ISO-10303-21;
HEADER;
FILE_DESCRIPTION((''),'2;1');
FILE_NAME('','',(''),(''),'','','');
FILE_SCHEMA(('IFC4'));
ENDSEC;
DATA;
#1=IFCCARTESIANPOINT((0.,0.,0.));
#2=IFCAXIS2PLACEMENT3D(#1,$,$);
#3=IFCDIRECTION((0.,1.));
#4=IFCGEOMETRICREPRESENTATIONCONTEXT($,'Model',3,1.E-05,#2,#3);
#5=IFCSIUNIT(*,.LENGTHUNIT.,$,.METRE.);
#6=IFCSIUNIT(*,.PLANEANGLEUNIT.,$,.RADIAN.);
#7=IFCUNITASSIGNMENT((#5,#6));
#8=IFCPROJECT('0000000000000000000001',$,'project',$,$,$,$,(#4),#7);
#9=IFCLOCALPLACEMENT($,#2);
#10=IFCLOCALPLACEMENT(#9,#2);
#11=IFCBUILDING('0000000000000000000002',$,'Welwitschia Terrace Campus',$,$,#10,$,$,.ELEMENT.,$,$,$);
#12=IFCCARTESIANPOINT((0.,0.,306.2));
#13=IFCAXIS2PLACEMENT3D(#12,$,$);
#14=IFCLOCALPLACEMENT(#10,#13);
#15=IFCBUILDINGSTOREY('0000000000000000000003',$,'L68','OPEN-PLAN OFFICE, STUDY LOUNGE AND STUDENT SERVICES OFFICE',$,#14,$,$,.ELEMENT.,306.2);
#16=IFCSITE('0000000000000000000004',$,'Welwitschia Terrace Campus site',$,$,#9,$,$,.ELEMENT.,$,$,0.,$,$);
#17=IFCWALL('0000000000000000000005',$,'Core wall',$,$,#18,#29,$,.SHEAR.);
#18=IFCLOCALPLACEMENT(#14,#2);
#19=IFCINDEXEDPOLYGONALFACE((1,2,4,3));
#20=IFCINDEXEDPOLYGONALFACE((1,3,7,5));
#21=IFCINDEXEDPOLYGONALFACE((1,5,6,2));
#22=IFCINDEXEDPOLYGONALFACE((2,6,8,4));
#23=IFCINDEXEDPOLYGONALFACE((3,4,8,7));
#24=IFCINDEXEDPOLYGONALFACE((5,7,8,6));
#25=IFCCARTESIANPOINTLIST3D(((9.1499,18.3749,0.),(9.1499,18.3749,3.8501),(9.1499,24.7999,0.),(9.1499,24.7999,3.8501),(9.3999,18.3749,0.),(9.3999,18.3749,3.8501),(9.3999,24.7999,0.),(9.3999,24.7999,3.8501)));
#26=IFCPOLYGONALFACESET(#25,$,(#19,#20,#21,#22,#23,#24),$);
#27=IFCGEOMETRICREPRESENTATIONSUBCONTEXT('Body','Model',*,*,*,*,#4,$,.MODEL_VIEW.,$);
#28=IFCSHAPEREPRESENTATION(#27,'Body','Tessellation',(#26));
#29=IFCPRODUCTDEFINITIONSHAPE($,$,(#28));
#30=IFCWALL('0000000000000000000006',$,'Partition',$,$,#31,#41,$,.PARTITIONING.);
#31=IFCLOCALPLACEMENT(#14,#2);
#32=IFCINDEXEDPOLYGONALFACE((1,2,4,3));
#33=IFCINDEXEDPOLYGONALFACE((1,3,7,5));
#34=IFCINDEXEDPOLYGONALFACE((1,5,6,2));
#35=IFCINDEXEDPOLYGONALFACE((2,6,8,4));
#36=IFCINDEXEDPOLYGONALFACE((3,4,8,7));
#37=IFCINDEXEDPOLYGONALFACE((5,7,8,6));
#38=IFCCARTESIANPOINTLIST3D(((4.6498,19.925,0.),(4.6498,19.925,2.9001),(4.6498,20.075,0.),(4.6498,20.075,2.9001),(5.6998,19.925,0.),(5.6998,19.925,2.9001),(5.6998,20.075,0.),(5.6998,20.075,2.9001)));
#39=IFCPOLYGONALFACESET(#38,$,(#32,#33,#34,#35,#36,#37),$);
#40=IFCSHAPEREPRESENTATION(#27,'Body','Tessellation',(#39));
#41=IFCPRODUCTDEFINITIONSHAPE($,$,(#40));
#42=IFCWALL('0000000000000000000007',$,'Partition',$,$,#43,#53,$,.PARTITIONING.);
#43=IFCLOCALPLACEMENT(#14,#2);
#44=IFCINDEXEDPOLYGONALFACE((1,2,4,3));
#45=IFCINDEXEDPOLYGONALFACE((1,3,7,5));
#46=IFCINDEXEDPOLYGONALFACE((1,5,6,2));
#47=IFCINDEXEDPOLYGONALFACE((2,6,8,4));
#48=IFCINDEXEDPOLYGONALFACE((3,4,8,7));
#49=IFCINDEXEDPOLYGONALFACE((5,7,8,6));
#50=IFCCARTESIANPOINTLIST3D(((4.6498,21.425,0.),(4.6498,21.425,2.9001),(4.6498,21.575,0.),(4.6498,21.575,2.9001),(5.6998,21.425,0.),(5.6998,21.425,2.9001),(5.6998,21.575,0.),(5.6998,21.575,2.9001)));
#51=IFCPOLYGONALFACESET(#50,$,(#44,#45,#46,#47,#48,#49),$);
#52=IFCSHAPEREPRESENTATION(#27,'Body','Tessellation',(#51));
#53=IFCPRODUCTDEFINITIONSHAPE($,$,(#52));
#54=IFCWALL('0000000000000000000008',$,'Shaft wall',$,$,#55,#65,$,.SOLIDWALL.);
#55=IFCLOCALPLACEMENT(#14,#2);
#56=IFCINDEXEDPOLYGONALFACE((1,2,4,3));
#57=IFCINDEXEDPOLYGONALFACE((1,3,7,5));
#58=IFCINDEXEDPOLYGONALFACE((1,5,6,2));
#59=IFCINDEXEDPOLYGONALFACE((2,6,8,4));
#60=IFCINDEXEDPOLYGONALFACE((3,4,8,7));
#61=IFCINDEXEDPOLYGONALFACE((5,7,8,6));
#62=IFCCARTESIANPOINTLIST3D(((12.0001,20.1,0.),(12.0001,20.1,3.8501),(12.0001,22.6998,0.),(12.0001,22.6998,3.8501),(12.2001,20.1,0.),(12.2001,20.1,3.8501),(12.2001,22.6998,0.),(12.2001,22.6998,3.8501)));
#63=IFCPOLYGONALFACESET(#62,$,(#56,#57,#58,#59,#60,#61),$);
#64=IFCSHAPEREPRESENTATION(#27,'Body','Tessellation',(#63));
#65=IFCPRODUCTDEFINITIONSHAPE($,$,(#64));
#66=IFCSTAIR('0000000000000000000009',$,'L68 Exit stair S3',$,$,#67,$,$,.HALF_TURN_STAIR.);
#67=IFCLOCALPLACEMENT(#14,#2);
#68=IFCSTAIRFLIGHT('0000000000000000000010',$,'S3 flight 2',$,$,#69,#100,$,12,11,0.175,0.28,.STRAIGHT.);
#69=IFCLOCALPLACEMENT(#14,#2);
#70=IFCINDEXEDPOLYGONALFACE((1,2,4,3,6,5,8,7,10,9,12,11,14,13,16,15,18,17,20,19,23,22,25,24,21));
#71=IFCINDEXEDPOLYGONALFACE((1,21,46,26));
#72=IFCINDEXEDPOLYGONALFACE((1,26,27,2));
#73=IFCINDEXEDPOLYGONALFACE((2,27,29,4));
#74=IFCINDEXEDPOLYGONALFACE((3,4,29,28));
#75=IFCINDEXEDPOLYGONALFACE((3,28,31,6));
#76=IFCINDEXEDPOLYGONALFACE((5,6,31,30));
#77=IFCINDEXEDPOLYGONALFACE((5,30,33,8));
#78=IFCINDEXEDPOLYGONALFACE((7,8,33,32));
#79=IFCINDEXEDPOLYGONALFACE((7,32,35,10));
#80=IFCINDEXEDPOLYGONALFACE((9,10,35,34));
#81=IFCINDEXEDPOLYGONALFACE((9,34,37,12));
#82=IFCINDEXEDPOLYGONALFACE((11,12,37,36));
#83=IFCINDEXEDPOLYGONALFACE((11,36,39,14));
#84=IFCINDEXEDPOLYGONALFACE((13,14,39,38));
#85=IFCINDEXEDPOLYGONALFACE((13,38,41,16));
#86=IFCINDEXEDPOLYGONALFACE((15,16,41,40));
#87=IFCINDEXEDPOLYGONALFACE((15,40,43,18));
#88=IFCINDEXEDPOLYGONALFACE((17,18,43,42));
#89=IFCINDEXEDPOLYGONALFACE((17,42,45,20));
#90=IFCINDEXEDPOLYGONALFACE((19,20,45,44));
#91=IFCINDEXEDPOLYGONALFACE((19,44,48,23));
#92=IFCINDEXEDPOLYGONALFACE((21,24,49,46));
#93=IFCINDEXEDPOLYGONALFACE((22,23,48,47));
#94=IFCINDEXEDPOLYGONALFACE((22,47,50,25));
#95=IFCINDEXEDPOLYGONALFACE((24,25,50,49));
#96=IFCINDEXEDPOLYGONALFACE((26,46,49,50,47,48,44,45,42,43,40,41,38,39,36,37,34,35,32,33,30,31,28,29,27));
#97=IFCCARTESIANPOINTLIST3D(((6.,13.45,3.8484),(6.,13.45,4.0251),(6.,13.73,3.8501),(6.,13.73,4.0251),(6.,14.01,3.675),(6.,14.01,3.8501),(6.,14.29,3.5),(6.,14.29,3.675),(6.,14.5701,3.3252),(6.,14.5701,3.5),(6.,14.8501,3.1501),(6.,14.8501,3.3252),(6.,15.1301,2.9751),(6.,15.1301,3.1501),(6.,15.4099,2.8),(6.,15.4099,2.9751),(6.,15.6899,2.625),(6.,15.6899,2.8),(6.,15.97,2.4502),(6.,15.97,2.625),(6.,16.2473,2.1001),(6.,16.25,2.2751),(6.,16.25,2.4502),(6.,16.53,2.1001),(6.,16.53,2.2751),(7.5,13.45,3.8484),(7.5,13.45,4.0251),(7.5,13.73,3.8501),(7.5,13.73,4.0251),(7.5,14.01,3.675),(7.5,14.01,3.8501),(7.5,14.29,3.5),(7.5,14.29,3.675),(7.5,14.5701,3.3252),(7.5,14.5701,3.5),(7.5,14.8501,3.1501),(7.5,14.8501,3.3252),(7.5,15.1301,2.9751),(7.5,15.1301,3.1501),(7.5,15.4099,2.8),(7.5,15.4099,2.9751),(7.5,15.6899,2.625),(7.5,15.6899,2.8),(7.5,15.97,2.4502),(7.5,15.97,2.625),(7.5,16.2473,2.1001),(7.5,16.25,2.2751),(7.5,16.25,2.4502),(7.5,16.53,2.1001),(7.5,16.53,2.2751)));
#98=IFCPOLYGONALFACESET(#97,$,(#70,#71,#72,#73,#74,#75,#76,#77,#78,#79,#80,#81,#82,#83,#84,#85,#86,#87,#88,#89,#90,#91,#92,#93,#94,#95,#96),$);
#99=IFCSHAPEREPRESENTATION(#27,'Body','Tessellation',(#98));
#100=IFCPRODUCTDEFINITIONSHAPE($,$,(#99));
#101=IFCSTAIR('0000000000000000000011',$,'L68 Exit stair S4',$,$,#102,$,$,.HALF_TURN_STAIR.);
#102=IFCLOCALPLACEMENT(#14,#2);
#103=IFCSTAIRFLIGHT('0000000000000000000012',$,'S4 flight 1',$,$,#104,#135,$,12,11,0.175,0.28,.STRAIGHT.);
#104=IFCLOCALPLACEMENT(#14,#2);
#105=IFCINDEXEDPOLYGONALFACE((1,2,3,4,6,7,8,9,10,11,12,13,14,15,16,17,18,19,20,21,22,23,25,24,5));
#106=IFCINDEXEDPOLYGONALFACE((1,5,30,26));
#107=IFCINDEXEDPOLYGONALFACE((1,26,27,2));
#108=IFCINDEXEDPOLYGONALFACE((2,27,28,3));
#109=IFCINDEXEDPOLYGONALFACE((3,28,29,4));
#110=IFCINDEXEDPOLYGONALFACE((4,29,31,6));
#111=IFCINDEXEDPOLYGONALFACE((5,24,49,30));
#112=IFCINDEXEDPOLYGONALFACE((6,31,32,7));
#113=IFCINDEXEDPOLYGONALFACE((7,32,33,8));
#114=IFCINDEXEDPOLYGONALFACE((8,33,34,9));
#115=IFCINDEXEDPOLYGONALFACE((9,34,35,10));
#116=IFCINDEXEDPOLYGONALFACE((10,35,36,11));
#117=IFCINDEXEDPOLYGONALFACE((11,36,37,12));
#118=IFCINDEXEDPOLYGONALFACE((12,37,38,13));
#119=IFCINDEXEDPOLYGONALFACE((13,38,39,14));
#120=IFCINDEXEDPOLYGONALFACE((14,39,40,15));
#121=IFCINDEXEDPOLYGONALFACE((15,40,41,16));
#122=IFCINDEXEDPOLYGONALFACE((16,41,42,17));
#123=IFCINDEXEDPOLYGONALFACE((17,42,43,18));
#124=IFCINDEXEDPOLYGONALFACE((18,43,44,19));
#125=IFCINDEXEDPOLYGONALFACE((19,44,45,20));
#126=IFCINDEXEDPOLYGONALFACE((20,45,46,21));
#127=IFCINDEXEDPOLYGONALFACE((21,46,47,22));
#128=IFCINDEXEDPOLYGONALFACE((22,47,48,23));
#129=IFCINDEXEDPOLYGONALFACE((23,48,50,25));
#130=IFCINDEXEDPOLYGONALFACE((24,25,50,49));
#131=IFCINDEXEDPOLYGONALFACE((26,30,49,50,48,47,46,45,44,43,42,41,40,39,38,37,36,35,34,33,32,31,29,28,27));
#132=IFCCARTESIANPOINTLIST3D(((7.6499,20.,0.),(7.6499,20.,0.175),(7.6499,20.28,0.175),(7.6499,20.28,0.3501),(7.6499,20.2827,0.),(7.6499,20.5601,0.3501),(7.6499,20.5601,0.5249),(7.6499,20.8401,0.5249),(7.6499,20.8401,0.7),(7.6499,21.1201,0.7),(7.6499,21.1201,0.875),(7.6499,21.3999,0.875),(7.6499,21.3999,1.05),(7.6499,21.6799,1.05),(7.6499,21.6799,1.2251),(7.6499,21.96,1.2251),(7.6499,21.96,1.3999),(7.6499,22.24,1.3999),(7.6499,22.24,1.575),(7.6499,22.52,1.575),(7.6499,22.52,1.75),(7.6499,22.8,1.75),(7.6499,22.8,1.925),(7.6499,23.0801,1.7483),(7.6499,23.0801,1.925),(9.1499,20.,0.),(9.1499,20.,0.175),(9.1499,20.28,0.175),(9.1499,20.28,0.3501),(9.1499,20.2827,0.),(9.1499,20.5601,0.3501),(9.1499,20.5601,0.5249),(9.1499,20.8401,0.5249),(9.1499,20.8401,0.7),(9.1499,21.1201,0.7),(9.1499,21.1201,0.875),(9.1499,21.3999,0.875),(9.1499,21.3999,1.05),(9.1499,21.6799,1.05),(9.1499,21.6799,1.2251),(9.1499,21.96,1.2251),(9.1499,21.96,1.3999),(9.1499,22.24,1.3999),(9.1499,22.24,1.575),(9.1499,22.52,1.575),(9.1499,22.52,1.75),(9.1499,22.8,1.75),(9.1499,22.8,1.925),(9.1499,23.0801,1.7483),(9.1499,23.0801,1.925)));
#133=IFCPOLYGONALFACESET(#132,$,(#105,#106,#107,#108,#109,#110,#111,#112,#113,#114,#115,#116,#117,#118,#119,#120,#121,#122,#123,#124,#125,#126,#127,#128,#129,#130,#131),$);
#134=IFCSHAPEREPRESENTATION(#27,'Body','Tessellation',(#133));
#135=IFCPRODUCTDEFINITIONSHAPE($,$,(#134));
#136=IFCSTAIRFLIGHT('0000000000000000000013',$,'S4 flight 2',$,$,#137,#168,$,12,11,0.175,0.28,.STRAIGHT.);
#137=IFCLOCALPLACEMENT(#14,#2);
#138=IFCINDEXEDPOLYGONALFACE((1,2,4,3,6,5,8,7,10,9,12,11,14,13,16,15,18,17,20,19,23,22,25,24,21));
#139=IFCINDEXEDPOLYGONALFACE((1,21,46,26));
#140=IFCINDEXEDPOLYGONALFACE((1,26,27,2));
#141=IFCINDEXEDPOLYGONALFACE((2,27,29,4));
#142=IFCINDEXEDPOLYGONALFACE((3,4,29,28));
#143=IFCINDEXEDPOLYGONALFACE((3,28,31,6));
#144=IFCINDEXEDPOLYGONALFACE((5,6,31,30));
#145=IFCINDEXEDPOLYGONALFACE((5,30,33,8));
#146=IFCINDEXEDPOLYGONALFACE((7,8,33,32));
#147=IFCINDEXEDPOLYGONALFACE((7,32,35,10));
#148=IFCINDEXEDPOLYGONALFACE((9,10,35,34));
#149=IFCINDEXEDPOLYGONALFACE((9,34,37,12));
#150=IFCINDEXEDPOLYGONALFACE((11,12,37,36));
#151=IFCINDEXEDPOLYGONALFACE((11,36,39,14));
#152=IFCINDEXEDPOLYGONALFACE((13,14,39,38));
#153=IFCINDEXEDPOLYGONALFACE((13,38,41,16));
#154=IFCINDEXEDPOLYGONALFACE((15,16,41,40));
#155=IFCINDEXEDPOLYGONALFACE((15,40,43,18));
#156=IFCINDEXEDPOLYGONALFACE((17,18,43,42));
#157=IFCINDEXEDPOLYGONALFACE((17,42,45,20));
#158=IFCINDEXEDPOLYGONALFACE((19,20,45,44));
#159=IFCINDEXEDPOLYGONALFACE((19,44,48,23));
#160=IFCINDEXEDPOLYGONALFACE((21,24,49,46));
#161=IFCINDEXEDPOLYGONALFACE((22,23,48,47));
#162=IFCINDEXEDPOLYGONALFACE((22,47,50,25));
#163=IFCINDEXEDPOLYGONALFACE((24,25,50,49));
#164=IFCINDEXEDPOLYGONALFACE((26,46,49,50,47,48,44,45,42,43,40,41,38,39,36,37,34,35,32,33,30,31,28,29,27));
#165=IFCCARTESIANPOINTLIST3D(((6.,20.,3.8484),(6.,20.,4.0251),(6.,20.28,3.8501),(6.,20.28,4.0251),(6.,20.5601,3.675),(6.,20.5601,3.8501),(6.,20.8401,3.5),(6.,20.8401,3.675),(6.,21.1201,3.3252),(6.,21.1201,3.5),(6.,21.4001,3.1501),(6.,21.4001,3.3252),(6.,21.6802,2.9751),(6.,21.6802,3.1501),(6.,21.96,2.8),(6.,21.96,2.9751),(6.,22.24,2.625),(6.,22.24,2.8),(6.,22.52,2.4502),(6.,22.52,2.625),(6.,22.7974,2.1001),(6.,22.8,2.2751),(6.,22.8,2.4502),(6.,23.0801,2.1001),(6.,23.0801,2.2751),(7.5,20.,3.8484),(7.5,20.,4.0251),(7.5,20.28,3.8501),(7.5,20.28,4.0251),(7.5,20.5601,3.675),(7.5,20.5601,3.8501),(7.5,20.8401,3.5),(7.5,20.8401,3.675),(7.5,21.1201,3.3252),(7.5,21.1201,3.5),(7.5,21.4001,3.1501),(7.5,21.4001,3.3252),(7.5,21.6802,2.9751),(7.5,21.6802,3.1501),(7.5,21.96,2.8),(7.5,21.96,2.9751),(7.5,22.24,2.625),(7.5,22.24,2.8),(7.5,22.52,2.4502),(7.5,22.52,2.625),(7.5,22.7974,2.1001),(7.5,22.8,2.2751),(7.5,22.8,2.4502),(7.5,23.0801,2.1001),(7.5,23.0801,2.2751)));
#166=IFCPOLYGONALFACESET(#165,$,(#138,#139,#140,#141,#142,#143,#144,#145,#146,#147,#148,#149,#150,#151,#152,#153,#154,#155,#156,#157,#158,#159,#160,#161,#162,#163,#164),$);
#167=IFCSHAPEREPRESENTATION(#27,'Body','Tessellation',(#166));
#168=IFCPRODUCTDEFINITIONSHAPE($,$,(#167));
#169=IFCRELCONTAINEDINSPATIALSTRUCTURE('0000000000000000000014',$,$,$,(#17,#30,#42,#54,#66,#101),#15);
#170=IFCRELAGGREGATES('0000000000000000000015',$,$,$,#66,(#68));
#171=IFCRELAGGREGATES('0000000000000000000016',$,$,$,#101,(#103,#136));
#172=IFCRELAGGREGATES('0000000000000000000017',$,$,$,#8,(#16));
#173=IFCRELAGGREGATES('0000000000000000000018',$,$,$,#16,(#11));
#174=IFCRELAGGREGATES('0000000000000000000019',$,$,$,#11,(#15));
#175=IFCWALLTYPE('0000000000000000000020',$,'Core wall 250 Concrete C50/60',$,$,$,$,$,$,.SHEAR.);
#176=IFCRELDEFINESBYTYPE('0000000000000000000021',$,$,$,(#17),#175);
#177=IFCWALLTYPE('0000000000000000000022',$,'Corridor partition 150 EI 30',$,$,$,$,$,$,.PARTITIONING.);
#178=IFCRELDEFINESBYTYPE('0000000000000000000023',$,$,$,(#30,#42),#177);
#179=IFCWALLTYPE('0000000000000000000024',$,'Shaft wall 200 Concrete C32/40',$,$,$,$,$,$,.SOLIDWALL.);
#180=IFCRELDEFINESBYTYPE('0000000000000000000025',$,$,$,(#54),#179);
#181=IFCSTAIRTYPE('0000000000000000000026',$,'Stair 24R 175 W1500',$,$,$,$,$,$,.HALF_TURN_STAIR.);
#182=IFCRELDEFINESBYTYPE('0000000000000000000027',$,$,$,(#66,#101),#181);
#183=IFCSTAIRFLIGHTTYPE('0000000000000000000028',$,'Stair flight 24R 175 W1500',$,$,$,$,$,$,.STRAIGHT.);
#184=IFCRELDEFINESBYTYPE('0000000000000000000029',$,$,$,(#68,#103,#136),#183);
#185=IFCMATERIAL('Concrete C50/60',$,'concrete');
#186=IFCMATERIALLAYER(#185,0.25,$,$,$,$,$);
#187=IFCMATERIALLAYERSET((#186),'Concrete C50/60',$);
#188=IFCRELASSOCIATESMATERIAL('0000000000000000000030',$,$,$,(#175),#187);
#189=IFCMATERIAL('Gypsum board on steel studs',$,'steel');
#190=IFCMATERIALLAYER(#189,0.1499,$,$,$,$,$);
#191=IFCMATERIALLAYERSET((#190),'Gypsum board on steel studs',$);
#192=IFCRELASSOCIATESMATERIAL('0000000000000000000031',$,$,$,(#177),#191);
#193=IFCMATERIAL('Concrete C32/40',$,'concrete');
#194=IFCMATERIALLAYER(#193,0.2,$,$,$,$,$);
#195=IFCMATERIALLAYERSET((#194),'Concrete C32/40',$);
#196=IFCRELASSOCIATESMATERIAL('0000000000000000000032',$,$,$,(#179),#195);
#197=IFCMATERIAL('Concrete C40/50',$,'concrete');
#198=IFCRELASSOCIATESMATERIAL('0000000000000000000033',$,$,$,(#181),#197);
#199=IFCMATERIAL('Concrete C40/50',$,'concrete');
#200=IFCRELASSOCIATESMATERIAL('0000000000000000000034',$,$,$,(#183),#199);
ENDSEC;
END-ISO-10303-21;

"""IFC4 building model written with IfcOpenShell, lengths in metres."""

from ifc_helpers import new_model, si_unit, direction, frame, frame_2d, origin, place, context, subcontext, project, spatial, polyline, rectangle, outline, extrude, material, layer, layer_set, type_object, element, aggregate, save


model = new_model("IFC4")

# Units and contexts
model_context = context("Model", 3, precision=1e-05, world=origin(), true_north=direction((0.0, 1.0)))
body_context = subcontext(model_context, "Body", "Model", "MODEL_VIEW")
ifc_project = project(units=[si_unit("LENGTHUNIT", "METRE"), si_unit("PLANEANGLEUNIT", "RADIAN")], contexts=[model_context])

# Site, building, storey
site_placement = place(None, origin())
site = spatial("IfcSite", under=ifc_project, at=site_placement, Name="Welwitschia Terrace Campus site", CompositionType="ELEMENT", RefElevation=0.0)
building_placement = place(site_placement, origin())
building = spatial("IfcBuilding", under=site, at=building_placement, Name="Welwitschia Terrace Campus", CompositionType="ELEMENT")
storey_placement = place(building_placement, frame((0.0, 0.0, 306.2)))
storey = spatial("IfcBuildingStorey", under=building, at=storey_placement, Name="L68", Description="OPEN-PLAN OFFICE, STUDY LOUNGE AND STUDENT SERVICES OFFICE", CompositionType="ELEMENT", Elevation=306.2)

# Shared definitions
ifc_material_1 = material(Name="Concrete C50/60", Category="concrete")
ifc_layer_1 = layer(ifc_material_1, 0.25)
ifc_layer_set_1 = layer_set([ifc_layer_1], Name="Concrete C50/60")
wall_type_1 = type_object("IfcWallType", Name="Core wall 250 Concrete C50/60", PredefinedType="SHEAR", material=ifc_layer_set_1)

# Walls
wall_1_placement = place(storey_placement, frame((9.2749, 18.375, 0.0), z_axis=(0.0, 0.0, 1.0), x_axis=(0.0, 1.0, 0.0)))
element("IfcWall", 1, at=wall_1_placement, inside=storey, type_object=wall_type_1, Name="Core wall", PredefinedType="SHEAR", context=body_context, shape_type="SweptSolid", body=[
    extrude(rectangle(XDim=6.425, YDim=0.25, at=frame_2d((3.2124, 0.0))), origin(), (0.0, 0.0, 1.0), 3.8501),
])
ifc_material_2 = material(Name="Gypsum board on steel studs", Category="steel")
ifc_layer_2 = layer(ifc_material_2, 0.1499)
ifc_layer_set_2 = layer_set([ifc_layer_2], Name="Gypsum board on steel studs")
wall_type_2 = type_object("IfcWallType", Name="Corridor partition 150 EI 30", PredefinedType="PARTITIONING", material=ifc_layer_set_2)
for number, where, z_axis, x_axis, name in (
    (2, (4.6499, 20.0, 0.0), (0.0, 0.0, 1.0), (1.0, 0.0, 0.0), "Partition"),
    (3, (4.6499, 21.5, 0.0), (0.0, 0.0, 1.0), (1.0, 0.0, 0.0), "Partition"),
):
    element("IfcWall", number, at=place(storey_placement, frame(where, z_axis=z_axis, x_axis=x_axis)), inside=storey, type_object=wall_type_2, Name=name, PredefinedType="PARTITIONING", context=body_context, shape_type="SweptSolid", body=[
        extrude(rectangle(XDim=1.05, YDim=0.1499, at=frame_2d((0.5249, 0.0))), origin(), (0.0, 0.0, 1.0), 2.9001),
    ])
ifc_material_3 = material(Name="Concrete C32/40", Category="concrete")
ifc_layer_3 = layer(ifc_material_3, 0.2)
ifc_layer_set_3 = layer_set([ifc_layer_3], Name="Concrete C32/40")
wall_type_3 = type_object("IfcWallType", Name="Shaft wall 200 Concrete C32/40", PredefinedType="SOLIDWALL", material=ifc_layer_set_3)
wall_2_placement = place(storey_placement, frame((12.1001, 20.1001, 0.0), z_axis=(0.0, 0.0, 1.0), x_axis=(0.0, 1.0, 0.0)))
element("IfcWall", 4, at=wall_2_placement, inside=storey, type_object=wall_type_3, Name="Shaft wall", PredefinedType="SOLIDWALL", context=body_context, shape_type="SweptSolid", body=[
    extrude(rectangle(XDim=2.5999, YDim=0.2, at=frame_2d((1.2998, 0.0))), origin(), (0.0, 0.0, 1.0), 3.8501),
])

# Stair, stair flight
ifc_material_4 = material(Name="Concrete C40/50", Category="concrete")
stair_type = type_object("IfcStairType", Name="Stair 24R 175 W1500", PredefinedType="HALF_TURN_STAIR", material=ifc_material_4)
stair_1_placement = place(storey_placement, origin())
stair_1 = element("IfcStair", 5, at=stair_1_placement, inside=storey, type_object=stair_type, Name="L68 Exit stair S3", PredefinedType="HALF_TURN_STAIR")
ifc_material_5 = material(Name="Concrete C40/50", Category="concrete")
stair_flight_type = type_object("IfcStairFlightType", Name="Stair flight 24R 175 W1500", PredefinedType="STRAIGHT", material=ifc_material_5)
stair_flight_1_placement = place(storey_placement, frame((6.75, 16.53, 2.1001), z_axis=(0.0, 0.0, 1.0), x_axis=(0.0, -1.0, 0.0)))
stair_flight_1 = element("IfcStairFlight", 6, at=stair_flight_1_placement, type_object=stair_flight_type, Name="S3 flight 2", NumberOfRisers=12, NumberOfTreads=11, PredefinedType="STRAIGHT", RiserHeight=0.175, TreadLength=0.28, context=body_context, shape_type="SweptSolid", body=[
    extrude(outline(polyline([(0.0, 0.0), (0.0, 0.175), (0.28, 0.175), (0.28, 0.3501), (0.5601, 0.3501), (0.5601, 0.5249), (0.8401, 0.5249), (0.8401, 0.7), (1.1201, 0.7), (1.1201, 0.875), (1.3999, 0.875), (1.3999, 1.05), (1.6799, 1.05), (1.6799, 1.2251), (1.96, 1.2251), (1.96, 1.3999), (2.24, 1.3999), (2.24, 1.575), (2.52, 1.575), (2.52, 1.75), (2.8, 1.75), (2.8, 1.925), (3.0801, 1.925), (3.0801, 2.1001), (3.0801, 1.7483), (0.2827, 0.0), (0.0, 0.0)])), frame((0.0, 0.75, 0.0), z_axis=(0.0, -1.0, 0.0), x_axis=(1.0, 0.0, 0.0)), (0.0, 0.0, 1.0), 1.5),
])
aggregate(stair_1, [stair_flight_1])

# Stair, stair flights
stair_2_placement = place(storey_placement, origin())
stair_2 = element("IfcStair", 7, at=stair_2_placement, inside=storey, type_object=stair_type, Name="L68 Exit stair S4", PredefinedType="HALF_TURN_STAIR")
stair_flight_2_placement = place(storey_placement, frame((8.3999, 20.0, 0.0), z_axis=(0.0, 0.0, 1.0), x_axis=(0.0, 1.0, 0.0)))
stair_flight_2 = element("IfcStairFlight", 8, at=stair_flight_2_placement, type_object=stair_flight_type, Name="S4 flight 1", NumberOfRisers=12, NumberOfTreads=11, PredefinedType="STRAIGHT", RiserHeight=0.175, TreadLength=0.28, context=body_context, shape_type="SweptSolid", body=[
    extrude(outline(polyline([(0.0, 0.0), (0.0, 0.175), (0.28, 0.175), (0.28, 0.3501), (0.5601, 0.3501), (0.5601, 0.5249), (0.8401, 0.5249), (0.8401, 0.7), (1.1201, 0.7), (1.1201, 0.875), (1.3999, 0.875), (1.3999, 1.05), (1.6799, 1.05), (1.6799, 1.2251), (1.96, 1.2251), (1.96, 1.3999), (2.24, 1.3999), (2.24, 1.575), (2.52, 1.575), (2.52, 1.75), (2.8, 1.75), (2.8, 1.925), (3.0801, 1.925), (3.0801, 2.1001), (3.0801, 1.7483), (0.2827, 0.0), (0.0, 0.0)])), frame((0.0, 0.75, 0.0), z_axis=(0.0, -1.0, 0.0), x_axis=(1.0, 0.0, 0.0)), (0.0, 0.0, 1.0), 1.5),
])
stair_flight_3_placement = place(storey_placement, frame((6.75, 23.0801, 2.1001), z_axis=(0.0, 0.0, 1.0), x_axis=(0.0, -1.0, 0.0)))
stair_flight_3 = element("IfcStairFlight", 9, at=stair_flight_3_placement, type_object=stair_flight_type, Name="S4 flight 2", NumberOfRisers=12, NumberOfTreads=11, PredefinedType="STRAIGHT", RiserHeight=0.175, TreadLength=0.28, context=body_context, shape_type="SweptSolid", body=[
    extrude(outline(polyline([(0.0, 0.0), (0.0, 0.175), (0.28, 0.175), (0.28, 0.3501), (0.5601, 0.3501), (0.5601, 0.5249), (0.8401, 0.5249), (0.8401, 0.7), (1.1201, 0.7), (1.1201, 0.875), (1.3999, 0.875), (1.3999, 1.05), (1.6799, 1.05), (1.6799, 1.2251), (1.96, 1.2251), (1.96, 1.3999), (2.24, 1.3999), (2.24, 1.575), (2.52, 1.575), (2.52, 1.75), (2.8, 1.75), (2.8, 1.925), (3.0801, 1.925), (3.0801, 2.1001), (3.0801, 1.7483), (0.2827, 0.0), (0.0, 0.0)])), frame((0.0, 0.75, 0.0), z_axis=(0.0, -1.0, 0.0), x_axis=(1.0, 0.0, 0.0)), (0.0, 0.0, 1.0), 1.5),
])
aggregate(stair_2, [stair_flight_2, stair_flight_3])

save(model, "model.ifc")
